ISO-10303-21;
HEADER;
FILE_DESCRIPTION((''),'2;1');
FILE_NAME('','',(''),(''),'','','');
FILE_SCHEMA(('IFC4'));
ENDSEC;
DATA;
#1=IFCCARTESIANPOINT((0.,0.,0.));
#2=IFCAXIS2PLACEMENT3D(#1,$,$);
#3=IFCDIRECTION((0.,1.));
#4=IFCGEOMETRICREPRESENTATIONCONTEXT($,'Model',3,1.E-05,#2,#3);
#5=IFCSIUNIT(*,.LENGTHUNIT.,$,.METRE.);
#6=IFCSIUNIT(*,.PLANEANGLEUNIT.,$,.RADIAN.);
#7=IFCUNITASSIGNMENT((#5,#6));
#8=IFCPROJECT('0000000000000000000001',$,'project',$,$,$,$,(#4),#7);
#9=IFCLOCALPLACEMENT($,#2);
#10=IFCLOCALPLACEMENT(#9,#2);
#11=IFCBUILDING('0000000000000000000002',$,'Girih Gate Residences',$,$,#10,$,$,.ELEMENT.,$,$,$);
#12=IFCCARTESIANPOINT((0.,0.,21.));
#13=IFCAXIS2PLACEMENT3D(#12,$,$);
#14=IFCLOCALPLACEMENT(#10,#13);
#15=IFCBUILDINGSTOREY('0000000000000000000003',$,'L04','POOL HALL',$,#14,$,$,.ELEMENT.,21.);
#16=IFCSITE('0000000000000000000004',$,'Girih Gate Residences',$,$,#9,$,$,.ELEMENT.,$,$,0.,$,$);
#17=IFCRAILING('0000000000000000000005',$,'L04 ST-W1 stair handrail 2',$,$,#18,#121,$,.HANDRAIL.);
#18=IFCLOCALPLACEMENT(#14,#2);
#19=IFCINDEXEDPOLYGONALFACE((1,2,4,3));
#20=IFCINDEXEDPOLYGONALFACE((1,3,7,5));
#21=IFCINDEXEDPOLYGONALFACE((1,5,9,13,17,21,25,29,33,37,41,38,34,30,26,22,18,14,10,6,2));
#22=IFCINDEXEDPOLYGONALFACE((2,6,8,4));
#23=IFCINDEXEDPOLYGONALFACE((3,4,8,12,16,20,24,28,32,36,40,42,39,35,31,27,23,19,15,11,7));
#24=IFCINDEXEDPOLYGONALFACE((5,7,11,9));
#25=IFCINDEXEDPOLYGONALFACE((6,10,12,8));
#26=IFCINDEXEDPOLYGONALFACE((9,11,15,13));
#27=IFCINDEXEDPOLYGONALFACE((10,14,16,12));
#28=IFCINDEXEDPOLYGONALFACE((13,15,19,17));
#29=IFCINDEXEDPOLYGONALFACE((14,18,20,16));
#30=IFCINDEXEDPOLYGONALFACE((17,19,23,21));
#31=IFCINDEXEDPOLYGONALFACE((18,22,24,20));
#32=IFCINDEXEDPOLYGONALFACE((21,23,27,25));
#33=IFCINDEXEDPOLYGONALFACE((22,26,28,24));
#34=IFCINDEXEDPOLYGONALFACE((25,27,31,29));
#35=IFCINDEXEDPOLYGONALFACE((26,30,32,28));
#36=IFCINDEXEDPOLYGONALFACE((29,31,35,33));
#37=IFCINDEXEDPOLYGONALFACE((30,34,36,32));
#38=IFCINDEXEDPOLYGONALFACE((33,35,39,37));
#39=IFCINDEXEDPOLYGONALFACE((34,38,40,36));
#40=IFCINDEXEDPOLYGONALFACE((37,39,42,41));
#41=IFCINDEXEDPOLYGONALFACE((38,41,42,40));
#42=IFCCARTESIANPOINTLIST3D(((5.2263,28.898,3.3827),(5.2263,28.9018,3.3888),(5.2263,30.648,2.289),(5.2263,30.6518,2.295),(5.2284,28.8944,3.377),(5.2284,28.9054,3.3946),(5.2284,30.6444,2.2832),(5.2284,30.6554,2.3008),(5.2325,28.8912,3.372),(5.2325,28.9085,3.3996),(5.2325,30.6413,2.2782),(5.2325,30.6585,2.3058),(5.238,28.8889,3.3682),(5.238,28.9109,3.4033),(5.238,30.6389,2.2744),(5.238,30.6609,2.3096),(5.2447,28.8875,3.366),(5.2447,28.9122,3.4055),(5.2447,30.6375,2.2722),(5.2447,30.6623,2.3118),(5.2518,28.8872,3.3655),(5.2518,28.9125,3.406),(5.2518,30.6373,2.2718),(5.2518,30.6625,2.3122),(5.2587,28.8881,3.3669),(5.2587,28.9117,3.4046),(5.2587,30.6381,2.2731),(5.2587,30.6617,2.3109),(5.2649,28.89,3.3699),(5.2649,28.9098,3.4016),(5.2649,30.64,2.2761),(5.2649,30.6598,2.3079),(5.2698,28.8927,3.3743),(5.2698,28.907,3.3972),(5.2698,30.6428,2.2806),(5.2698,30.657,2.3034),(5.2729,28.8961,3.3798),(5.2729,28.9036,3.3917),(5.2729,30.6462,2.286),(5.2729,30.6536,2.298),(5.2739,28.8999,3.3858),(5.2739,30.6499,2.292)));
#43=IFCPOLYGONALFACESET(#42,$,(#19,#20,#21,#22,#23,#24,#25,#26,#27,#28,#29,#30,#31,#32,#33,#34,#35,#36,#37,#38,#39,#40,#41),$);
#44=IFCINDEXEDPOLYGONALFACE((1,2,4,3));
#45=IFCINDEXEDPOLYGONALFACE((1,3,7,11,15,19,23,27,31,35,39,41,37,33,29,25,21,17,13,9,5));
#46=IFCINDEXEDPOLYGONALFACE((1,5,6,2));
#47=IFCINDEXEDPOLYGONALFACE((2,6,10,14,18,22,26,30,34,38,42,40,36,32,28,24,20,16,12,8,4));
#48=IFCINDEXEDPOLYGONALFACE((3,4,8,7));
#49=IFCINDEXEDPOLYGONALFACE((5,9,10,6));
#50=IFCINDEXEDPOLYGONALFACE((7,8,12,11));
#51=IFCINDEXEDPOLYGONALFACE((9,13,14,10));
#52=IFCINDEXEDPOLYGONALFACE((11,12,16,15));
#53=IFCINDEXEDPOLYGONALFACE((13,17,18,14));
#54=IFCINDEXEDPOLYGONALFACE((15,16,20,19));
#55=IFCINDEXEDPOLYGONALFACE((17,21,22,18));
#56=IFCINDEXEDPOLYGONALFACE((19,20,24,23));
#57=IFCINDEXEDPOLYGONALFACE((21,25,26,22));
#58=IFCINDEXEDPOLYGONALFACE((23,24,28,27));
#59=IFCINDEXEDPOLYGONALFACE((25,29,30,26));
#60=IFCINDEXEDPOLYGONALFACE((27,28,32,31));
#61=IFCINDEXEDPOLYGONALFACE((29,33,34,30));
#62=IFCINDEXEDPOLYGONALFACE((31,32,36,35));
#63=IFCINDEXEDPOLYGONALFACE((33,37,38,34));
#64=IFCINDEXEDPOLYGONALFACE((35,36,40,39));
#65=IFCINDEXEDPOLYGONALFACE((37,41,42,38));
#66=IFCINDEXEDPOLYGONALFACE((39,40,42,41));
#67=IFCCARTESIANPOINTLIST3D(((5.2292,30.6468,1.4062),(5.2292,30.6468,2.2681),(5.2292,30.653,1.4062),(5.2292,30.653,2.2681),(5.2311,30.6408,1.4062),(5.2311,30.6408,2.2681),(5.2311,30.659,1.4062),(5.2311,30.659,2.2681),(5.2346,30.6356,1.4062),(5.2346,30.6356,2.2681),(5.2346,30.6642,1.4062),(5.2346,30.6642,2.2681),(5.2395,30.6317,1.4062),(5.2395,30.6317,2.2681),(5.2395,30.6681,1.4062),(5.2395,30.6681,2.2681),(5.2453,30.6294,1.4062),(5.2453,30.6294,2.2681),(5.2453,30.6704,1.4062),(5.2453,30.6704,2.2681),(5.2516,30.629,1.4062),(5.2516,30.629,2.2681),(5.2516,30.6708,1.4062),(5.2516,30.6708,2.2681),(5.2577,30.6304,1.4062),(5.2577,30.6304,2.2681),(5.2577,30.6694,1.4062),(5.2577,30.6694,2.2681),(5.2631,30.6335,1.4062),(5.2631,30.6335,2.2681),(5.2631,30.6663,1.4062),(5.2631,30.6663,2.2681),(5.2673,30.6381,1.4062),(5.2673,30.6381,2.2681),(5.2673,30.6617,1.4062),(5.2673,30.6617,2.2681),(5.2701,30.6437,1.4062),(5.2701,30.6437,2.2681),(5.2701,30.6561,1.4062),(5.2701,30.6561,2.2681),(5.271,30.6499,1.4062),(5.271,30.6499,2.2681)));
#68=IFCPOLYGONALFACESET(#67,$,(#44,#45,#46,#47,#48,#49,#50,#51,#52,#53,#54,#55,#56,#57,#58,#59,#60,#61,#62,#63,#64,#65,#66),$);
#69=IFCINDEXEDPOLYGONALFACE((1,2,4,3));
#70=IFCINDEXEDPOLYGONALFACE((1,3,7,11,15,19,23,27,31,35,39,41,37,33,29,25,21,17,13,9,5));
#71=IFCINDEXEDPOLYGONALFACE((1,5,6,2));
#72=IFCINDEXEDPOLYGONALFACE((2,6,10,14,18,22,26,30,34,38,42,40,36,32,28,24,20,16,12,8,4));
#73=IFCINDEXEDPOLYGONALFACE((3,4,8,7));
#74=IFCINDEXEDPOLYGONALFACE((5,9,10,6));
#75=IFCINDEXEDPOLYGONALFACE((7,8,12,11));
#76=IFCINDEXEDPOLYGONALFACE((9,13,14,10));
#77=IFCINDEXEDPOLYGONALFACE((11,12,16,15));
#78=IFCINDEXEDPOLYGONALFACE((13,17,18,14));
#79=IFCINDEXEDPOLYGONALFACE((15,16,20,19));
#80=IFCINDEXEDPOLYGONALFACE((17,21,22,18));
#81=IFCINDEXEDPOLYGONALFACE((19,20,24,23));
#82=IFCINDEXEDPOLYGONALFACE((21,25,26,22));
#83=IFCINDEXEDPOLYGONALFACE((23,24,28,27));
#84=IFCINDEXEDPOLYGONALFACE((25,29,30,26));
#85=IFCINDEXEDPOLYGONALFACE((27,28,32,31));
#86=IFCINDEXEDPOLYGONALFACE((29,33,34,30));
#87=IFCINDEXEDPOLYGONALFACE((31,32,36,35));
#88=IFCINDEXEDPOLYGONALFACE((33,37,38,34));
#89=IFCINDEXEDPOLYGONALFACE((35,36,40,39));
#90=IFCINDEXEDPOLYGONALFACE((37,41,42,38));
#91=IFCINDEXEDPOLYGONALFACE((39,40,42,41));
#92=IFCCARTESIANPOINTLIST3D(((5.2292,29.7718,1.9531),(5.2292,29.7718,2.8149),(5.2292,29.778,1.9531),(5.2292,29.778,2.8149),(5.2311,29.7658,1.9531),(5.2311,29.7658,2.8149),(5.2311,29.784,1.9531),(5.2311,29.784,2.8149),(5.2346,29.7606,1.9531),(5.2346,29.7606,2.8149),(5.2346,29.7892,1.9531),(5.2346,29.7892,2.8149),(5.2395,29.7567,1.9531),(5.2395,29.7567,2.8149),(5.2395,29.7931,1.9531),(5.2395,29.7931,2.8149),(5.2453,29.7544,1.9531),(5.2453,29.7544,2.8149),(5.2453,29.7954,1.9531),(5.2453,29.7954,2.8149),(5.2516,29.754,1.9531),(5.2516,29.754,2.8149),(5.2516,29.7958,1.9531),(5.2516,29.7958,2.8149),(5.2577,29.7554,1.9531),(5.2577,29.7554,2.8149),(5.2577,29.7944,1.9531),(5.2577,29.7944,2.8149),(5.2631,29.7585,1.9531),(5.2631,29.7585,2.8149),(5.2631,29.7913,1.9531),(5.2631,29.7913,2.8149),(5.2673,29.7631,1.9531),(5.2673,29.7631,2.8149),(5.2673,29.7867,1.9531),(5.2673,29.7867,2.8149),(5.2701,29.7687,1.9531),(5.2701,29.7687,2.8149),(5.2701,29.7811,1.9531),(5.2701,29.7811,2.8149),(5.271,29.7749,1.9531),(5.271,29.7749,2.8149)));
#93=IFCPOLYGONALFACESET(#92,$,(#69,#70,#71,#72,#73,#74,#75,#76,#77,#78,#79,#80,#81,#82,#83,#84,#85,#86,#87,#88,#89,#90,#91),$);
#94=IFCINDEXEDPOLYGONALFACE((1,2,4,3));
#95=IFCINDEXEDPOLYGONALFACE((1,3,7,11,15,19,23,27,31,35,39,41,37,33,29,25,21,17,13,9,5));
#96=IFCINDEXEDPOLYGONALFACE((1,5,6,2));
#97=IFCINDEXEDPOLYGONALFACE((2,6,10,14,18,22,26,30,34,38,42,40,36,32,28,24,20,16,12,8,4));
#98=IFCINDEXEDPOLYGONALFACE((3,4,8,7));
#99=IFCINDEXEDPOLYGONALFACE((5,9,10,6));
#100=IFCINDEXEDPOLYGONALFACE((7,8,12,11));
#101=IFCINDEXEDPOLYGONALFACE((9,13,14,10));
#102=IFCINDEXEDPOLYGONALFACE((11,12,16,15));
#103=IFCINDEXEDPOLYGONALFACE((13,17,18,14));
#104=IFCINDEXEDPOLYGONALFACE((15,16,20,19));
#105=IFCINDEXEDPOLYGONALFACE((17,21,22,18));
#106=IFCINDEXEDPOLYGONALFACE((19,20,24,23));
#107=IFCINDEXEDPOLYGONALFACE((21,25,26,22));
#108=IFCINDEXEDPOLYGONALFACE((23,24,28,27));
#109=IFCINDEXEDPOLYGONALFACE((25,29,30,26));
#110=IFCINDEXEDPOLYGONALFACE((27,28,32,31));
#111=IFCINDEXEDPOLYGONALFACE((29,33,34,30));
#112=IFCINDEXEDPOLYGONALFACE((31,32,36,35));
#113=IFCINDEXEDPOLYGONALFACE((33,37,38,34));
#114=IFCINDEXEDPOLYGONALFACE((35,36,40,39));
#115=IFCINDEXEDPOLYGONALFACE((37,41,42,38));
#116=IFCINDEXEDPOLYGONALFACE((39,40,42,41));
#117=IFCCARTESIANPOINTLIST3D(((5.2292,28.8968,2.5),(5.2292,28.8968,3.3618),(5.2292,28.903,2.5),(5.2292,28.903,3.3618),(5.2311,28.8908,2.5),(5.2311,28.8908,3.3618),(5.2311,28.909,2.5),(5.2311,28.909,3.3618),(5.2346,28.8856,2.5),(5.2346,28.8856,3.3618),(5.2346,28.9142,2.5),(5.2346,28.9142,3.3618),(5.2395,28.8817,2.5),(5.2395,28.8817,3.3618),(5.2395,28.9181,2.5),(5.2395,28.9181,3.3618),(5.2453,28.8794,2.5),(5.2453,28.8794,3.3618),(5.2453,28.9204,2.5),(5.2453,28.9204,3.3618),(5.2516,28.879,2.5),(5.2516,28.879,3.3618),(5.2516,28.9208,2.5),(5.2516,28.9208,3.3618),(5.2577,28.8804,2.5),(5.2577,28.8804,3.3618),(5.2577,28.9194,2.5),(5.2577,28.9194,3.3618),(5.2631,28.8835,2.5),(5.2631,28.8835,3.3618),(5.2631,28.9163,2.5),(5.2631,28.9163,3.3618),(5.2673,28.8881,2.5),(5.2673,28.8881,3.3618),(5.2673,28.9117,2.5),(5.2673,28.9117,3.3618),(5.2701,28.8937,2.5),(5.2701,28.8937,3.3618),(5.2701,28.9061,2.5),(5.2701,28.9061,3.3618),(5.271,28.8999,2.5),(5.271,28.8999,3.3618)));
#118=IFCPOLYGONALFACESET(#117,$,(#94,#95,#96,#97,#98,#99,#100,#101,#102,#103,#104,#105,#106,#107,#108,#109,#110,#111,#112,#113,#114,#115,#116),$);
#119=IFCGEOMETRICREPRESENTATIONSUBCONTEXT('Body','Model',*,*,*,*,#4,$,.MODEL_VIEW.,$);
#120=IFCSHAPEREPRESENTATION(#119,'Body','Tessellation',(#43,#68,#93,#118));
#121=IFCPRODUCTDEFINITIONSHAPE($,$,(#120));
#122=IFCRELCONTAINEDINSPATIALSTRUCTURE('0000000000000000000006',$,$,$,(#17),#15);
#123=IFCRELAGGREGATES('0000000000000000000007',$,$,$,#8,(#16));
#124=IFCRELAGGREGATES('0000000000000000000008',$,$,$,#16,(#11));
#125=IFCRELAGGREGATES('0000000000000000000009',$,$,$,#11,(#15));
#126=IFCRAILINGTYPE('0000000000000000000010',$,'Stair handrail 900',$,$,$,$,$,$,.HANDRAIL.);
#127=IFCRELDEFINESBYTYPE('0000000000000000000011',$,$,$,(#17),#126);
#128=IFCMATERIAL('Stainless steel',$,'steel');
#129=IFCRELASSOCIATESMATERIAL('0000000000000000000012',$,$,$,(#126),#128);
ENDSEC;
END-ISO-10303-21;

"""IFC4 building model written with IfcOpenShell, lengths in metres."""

from ifc_helpers import new_model, si_unit, direction, frame, origin, origin_2d, place, context, subcontext, project, spatial, circle, extrude, material, type_object, element, save


model = new_model("IFC4")

# Units and contexts
model_context = context("Model", 3, precision=1e-05, world=origin(), true_north=direction((0.0, 1.0)))
body_context = subcontext(model_context, "Body", "Model", "MODEL_VIEW")
ifc_project = project(units=[si_unit("LENGTHUNIT", "METRE"), si_unit("PLANEANGLEUNIT", "RADIAN")], contexts=[model_context])

# Site, building, storey
site_placement = place(None, origin())
site = spatial("IfcSite", under=ifc_project, at=site_placement, Name="Girih Gate Residences", CompositionType="ELEMENT", RefElevation=0.0)
building_placement = place(site_placement, origin())
building = spatial("IfcBuilding", under=site, at=building_placement, Name="Girih Gate Residences", CompositionType="ELEMENT")
storey_placement = place(building_placement, frame((0.0, 0.0, 21.0)))
storey = spatial("IfcBuildingStorey", under=building, at=storey_placement, Name="L04", Description="POOL HALL", CompositionType="ELEMENT", Elevation=21.0)

# Railing
ifc_material_1 = material(Name="Stainless steel", Category="steel")
railing_type_1 = type_object("IfcRailingType", Name="Stair handrail 900", PredefinedType="HANDRAIL", material=ifc_material_1)
railing_1_placement = place(storey_placement, frame((5.25, 30.6499, 1.4062)))
element("IfcRailing", 1, at=railing_1_placement, inside=storey, type_object=railing_type_1, Name="L04 ST-W1 stair handrail 2", PredefinedType="HANDRAIL", context=body_context, shape_type="SweptSolid", body=[
    extrude(circle(Radius=0.0239, at=origin_2d()), frame((0.0, 0.0, 0.8857), z_axis=(0.0, -0.847998, 0.529999), x_axis=(1.0, 0.0, 0.0)), (0.0, 0.0, 1.0), 2.0637),
    extrude(circle(Radius=0.021, at=origin_2d()), origin(), (0.0, 0.0, 1.0), 0.8618),
    extrude(circle(Radius=0.021, at=origin_2d()), frame((0.0, -0.875, 0.5469)), (0.0, 0.0, 1.0), 0.8618),
    extrude(circle(Radius=0.021, at=origin_2d()), frame((0.0, -1.75, 1.0938)), (0.0, 0.0, 1.0), 0.8618),
])

save(model, "model.ifc")
